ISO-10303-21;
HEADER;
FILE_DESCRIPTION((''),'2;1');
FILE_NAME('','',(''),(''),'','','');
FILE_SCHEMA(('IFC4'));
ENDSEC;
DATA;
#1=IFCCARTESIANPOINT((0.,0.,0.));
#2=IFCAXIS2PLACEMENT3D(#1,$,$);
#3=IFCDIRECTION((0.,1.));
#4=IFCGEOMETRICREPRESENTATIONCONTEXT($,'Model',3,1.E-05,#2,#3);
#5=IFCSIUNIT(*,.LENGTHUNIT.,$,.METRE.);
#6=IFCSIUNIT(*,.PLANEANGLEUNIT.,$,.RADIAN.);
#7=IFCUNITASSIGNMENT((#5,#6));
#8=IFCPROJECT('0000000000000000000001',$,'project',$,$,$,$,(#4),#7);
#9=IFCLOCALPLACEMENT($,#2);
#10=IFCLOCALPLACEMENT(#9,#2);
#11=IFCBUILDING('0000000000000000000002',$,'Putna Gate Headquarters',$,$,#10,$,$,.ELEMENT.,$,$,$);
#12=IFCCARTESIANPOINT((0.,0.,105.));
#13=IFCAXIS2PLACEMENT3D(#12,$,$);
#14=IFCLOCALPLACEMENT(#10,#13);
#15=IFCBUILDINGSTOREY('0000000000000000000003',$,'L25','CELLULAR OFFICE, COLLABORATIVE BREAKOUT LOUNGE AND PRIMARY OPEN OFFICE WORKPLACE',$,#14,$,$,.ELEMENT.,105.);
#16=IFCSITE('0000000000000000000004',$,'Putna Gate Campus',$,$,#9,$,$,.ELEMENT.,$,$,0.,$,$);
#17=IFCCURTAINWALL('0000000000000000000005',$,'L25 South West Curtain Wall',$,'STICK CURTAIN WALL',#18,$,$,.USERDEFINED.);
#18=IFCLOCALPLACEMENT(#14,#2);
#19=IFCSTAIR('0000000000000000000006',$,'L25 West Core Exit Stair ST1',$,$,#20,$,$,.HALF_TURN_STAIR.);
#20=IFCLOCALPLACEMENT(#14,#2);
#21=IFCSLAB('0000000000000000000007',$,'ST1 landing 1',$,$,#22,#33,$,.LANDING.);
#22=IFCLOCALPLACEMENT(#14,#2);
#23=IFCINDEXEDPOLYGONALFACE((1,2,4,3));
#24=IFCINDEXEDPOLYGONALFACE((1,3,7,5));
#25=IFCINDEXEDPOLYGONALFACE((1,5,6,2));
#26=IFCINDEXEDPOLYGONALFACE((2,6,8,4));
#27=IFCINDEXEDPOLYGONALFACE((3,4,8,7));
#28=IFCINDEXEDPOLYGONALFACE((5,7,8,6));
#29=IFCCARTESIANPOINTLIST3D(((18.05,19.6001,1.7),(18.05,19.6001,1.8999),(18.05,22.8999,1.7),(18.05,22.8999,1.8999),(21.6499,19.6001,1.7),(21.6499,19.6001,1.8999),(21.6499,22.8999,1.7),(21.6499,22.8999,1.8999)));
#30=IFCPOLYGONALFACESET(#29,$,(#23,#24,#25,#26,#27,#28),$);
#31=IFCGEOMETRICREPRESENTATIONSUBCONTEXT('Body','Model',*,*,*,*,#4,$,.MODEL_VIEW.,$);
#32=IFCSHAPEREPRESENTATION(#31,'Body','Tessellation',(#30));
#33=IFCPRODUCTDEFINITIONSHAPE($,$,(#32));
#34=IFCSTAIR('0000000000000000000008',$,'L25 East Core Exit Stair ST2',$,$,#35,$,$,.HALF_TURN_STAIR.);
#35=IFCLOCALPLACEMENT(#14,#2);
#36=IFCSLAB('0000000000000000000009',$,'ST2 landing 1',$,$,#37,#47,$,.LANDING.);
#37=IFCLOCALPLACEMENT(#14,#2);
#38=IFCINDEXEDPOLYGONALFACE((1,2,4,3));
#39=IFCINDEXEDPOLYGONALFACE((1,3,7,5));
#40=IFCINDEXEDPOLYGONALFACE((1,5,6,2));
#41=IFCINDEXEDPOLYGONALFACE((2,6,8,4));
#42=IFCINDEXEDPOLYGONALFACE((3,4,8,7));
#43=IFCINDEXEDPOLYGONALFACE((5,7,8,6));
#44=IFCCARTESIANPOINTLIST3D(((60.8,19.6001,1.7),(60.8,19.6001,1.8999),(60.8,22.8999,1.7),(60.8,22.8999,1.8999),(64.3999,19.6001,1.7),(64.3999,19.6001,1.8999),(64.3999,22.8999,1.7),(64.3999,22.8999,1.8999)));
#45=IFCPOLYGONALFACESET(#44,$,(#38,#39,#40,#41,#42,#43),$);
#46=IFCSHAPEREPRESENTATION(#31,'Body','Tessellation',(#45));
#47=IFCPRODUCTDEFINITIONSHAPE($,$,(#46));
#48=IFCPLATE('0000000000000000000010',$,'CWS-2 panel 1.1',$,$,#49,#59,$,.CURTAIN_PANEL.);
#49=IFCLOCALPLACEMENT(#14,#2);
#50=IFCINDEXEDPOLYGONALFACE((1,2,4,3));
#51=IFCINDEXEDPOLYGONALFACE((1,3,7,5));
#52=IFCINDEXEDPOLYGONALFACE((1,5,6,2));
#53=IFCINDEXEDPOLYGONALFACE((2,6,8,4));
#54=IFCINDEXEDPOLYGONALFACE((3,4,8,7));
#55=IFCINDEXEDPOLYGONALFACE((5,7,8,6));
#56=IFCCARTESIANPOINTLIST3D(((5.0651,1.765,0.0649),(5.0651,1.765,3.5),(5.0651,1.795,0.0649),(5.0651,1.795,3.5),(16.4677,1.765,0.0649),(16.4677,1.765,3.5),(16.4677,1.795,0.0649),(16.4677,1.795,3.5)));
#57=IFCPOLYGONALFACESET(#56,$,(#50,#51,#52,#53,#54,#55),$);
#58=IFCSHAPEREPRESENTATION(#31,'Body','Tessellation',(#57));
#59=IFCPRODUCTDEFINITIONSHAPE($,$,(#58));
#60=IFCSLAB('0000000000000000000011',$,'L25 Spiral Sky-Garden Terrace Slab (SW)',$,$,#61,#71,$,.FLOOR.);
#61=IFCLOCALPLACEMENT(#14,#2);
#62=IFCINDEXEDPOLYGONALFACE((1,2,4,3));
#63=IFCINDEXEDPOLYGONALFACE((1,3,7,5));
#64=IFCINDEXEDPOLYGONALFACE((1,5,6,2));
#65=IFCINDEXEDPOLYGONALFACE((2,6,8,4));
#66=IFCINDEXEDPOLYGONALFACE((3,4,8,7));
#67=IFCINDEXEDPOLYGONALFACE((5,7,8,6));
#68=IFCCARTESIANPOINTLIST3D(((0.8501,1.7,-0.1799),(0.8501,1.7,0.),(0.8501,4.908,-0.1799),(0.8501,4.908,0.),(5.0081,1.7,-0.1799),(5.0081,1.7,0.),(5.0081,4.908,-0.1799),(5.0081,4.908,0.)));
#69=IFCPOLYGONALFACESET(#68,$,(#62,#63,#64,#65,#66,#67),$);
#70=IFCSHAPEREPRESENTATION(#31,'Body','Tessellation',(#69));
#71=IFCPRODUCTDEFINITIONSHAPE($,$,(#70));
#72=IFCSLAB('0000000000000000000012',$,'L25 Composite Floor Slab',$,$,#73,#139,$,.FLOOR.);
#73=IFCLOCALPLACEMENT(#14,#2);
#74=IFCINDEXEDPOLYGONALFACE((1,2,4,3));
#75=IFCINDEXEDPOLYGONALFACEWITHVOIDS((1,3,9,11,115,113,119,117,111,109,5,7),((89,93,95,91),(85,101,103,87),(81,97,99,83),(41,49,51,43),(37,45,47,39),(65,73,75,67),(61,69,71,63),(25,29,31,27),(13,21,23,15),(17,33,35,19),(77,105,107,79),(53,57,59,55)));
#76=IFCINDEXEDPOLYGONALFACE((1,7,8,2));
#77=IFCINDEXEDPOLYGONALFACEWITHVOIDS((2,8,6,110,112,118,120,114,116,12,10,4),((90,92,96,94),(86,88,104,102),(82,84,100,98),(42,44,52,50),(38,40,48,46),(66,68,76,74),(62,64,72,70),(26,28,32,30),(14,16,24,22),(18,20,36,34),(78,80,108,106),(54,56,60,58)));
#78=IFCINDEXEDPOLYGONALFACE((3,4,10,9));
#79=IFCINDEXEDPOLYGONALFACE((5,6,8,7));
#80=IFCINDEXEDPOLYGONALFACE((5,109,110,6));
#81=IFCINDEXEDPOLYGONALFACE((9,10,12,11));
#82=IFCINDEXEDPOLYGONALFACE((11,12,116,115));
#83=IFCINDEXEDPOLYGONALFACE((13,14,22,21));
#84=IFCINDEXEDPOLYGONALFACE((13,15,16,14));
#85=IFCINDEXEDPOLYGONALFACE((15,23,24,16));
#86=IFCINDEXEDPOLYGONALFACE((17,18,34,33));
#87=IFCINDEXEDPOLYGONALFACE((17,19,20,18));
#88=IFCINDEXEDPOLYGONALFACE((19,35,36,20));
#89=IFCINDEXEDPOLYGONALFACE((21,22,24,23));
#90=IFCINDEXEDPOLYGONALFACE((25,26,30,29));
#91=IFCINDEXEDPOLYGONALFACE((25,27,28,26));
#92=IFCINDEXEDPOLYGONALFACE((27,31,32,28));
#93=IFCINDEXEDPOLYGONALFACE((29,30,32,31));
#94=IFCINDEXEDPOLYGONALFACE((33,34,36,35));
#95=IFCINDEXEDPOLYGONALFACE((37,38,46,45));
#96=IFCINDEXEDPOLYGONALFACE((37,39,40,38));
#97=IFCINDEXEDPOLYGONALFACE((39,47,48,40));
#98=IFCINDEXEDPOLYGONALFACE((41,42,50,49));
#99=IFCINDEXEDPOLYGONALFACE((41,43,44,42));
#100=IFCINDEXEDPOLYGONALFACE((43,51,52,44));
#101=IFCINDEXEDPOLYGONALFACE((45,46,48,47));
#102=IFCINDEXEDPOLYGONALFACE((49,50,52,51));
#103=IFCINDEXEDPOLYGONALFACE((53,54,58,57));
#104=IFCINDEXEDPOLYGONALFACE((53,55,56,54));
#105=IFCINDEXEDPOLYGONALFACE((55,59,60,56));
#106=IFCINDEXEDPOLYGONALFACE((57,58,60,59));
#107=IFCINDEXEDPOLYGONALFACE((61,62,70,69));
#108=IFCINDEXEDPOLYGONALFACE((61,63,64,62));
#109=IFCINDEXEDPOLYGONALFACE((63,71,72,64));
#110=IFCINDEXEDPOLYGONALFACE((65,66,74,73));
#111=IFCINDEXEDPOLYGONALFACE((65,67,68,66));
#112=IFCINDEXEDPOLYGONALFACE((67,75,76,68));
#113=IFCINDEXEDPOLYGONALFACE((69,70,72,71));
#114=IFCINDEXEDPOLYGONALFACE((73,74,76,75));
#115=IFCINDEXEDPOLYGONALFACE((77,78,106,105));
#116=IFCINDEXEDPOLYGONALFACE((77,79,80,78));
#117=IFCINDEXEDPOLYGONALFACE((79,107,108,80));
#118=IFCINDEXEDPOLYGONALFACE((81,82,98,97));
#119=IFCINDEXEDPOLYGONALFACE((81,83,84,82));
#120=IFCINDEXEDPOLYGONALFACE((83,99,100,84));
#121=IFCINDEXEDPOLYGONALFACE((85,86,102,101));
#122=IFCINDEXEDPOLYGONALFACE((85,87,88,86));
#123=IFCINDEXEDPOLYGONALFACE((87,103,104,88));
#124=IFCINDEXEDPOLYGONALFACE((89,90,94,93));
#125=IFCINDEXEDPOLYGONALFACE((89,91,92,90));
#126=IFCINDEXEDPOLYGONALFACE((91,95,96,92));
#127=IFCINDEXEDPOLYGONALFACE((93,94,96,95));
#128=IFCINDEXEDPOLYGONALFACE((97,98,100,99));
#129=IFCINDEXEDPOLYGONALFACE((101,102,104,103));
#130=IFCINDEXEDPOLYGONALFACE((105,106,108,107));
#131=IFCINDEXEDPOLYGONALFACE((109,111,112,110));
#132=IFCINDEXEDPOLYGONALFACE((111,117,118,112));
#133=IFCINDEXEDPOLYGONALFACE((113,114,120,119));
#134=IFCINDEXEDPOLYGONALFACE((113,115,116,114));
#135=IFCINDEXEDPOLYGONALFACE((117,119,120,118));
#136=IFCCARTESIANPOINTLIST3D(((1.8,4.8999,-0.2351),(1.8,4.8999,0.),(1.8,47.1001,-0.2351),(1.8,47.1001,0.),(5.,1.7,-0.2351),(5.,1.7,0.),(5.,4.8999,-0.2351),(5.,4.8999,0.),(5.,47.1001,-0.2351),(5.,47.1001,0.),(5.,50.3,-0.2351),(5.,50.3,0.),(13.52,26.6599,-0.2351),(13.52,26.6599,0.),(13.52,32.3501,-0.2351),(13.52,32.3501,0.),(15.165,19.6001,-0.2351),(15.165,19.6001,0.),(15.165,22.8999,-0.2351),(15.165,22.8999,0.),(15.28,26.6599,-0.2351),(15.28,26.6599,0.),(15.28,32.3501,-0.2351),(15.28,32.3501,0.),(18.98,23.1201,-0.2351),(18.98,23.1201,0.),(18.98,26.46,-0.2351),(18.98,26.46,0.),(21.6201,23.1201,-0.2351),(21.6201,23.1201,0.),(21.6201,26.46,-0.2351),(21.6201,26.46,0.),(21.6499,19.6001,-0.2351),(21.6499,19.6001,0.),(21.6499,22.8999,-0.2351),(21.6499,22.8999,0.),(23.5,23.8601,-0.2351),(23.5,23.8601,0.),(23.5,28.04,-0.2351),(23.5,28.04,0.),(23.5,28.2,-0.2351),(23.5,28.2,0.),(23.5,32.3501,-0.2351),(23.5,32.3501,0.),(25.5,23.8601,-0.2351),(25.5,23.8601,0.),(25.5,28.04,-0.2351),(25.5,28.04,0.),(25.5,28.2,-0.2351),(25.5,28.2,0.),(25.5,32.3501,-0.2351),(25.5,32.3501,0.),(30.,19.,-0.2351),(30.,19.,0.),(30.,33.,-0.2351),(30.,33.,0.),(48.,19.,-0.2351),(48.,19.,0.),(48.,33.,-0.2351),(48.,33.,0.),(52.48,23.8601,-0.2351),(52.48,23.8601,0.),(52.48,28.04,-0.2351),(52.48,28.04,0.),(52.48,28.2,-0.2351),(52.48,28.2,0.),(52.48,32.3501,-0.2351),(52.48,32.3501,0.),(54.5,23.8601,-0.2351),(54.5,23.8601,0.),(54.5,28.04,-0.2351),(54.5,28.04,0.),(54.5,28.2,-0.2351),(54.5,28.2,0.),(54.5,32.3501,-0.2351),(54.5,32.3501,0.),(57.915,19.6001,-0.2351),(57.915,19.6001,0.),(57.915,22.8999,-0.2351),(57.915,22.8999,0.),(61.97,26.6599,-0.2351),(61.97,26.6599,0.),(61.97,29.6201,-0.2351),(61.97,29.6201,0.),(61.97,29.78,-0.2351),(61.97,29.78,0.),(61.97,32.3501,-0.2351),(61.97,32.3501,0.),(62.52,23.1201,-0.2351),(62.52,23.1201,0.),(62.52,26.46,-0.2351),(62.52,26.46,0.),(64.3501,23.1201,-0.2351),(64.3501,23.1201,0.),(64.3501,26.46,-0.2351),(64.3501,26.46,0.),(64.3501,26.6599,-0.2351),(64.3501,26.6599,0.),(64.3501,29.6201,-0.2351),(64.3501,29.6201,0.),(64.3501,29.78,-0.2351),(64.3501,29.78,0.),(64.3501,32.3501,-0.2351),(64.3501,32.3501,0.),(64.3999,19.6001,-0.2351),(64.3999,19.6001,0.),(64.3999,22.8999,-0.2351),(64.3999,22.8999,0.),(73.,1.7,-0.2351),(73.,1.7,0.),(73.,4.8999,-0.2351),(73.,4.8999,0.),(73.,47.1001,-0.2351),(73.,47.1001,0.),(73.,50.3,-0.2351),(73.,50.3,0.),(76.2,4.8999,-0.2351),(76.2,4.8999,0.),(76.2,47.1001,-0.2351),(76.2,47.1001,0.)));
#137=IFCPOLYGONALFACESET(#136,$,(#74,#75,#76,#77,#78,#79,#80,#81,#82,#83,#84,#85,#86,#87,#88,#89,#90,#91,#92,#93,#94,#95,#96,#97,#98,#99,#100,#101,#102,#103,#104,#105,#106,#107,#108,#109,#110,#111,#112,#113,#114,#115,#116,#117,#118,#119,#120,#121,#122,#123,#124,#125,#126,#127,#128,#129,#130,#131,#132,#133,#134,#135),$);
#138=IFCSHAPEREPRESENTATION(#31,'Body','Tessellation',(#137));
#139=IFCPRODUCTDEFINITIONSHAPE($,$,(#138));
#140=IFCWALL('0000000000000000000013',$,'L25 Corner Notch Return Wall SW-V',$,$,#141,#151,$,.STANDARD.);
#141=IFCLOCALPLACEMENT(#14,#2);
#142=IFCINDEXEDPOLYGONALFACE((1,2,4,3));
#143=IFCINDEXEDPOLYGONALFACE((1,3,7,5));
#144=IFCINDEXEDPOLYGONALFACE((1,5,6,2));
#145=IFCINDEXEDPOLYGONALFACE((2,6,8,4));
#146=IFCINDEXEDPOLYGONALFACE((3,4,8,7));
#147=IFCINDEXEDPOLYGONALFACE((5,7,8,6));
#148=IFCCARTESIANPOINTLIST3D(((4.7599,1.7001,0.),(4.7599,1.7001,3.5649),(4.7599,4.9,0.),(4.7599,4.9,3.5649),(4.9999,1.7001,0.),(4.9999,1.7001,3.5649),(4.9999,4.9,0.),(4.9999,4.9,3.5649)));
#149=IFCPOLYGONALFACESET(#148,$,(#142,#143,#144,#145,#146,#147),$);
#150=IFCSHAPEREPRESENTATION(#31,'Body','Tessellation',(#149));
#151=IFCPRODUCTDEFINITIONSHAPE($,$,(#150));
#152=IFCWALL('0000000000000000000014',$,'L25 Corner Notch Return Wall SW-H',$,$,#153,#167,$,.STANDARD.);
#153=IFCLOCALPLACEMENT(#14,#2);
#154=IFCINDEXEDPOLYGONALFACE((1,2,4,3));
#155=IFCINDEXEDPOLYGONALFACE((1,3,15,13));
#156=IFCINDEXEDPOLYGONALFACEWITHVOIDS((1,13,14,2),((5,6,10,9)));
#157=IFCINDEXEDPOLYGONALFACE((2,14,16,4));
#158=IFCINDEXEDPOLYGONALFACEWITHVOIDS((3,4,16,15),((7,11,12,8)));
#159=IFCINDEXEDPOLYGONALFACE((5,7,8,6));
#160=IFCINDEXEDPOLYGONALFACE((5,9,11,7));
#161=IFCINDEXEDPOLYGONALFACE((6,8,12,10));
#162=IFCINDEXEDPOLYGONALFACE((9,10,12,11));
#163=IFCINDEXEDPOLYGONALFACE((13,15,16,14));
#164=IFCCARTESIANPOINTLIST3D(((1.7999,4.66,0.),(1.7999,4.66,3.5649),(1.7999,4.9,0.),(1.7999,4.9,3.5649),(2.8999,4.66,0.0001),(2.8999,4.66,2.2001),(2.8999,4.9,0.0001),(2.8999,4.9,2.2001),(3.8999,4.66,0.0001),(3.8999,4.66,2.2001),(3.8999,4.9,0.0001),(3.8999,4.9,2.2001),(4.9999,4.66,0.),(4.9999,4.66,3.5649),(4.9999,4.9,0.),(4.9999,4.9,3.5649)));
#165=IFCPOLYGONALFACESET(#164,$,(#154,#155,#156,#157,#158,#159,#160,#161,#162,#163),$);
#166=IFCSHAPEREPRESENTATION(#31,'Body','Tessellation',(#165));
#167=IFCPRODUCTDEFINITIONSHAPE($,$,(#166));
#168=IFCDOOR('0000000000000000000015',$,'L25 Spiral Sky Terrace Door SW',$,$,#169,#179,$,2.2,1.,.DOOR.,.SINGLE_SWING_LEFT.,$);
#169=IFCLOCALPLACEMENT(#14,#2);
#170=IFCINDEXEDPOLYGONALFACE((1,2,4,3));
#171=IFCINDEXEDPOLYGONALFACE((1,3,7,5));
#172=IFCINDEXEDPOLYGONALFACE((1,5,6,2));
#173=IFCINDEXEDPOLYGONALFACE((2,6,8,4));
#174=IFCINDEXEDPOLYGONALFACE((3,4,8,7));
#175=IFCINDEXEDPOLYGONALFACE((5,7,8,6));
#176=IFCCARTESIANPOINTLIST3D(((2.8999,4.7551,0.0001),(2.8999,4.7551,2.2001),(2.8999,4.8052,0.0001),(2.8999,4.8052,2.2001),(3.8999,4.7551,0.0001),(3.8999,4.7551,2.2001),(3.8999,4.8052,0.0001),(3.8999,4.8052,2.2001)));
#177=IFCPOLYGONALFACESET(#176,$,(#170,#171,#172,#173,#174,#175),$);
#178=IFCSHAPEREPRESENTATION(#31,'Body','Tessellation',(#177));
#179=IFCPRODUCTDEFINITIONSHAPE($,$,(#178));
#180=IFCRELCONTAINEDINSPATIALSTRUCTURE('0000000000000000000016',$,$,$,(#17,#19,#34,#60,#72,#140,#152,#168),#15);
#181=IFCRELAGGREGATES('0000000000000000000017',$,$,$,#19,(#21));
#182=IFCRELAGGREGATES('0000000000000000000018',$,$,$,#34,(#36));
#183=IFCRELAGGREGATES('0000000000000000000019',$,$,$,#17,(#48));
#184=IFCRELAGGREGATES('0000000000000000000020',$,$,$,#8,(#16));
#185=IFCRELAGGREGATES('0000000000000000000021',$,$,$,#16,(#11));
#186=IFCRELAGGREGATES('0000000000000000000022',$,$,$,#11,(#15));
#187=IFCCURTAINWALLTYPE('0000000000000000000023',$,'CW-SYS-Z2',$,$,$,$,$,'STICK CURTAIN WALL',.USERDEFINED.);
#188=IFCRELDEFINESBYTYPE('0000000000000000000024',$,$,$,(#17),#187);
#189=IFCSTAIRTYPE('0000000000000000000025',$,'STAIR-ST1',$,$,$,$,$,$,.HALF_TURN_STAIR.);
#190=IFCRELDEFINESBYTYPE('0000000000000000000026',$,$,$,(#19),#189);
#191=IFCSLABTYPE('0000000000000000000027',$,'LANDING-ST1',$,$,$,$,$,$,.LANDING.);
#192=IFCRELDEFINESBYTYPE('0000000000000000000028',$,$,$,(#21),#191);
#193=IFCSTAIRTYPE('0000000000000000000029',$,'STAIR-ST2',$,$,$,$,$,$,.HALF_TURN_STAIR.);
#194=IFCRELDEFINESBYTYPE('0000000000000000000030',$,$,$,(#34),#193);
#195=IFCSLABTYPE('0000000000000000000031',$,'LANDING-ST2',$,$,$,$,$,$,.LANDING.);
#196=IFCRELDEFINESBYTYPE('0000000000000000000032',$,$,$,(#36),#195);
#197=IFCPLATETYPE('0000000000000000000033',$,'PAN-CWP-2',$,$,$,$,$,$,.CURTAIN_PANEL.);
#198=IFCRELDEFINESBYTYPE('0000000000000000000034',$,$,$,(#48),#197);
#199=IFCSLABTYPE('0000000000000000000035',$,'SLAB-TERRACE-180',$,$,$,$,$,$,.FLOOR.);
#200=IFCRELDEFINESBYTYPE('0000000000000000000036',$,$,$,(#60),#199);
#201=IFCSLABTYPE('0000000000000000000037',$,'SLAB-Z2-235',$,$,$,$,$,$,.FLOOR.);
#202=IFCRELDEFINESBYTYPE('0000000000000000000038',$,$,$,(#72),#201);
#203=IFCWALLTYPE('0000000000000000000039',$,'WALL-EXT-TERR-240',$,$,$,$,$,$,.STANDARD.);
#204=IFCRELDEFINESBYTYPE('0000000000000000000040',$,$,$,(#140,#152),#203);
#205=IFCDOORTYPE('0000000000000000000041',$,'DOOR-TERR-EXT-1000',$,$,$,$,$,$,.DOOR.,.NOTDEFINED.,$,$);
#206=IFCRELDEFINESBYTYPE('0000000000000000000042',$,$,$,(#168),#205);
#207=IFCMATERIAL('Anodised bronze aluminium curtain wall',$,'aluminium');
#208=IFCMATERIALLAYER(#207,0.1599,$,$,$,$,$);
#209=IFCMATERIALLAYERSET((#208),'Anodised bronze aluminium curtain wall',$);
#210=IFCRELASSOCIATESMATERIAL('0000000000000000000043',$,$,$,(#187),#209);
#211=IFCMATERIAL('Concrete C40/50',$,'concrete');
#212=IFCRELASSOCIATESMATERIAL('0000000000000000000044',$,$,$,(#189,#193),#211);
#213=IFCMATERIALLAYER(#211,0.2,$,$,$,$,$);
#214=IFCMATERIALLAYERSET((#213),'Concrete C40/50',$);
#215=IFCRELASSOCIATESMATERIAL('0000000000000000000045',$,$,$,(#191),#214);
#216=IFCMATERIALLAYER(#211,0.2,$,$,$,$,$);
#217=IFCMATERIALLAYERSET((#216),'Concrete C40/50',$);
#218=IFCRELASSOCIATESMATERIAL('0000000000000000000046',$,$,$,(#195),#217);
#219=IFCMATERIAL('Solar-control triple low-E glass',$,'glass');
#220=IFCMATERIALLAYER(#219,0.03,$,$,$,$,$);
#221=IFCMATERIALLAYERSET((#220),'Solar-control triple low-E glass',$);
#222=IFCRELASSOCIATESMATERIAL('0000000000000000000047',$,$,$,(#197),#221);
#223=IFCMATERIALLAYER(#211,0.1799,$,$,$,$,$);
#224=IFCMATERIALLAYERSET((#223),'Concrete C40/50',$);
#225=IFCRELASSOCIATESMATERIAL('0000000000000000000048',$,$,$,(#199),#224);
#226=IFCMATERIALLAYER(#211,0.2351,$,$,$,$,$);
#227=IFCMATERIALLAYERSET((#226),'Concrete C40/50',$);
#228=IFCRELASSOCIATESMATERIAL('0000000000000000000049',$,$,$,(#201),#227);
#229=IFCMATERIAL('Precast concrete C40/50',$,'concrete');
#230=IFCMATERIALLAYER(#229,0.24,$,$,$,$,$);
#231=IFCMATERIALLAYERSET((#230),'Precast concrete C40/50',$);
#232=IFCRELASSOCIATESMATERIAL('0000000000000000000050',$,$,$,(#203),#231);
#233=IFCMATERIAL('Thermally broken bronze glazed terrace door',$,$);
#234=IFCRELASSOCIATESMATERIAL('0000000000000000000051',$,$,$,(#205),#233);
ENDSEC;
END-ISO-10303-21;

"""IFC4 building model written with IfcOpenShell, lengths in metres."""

from ifc_helpers import new_model, si_unit, direction, frame, frame_2d, origin, origin_2d, place, context, subcontext, project, spatial, polyline, rectangle, outline, extrude, material, layer, layer_set, type_object, element, fill, aggregate, save


model = new_model("IFC4")

# Units and contexts
model_context = context("Model", 3, precision=1e-05, world=origin(), true_north=direction((0.0, 1.0)))
body_context = subcontext(model_context, "Body", "Model", "MODEL_VIEW")
ifc_project = project(units=[si_unit("LENGTHUNIT", "METRE"), si_unit("PLANEANGLEUNIT", "RADIAN")], contexts=[model_context])

# Site, building, storey
site_placement = place(None, origin())
site = spatial("IfcSite", under=ifc_project, at=site_placement, Name="Putna Gate Campus", CompositionType="ELEMENT", RefElevation=0.0)
building_placement = place(site_placement, origin())
building = spatial("IfcBuilding", under=site, at=building_placement, Name="Putna Gate Headquarters", CompositionType="ELEMENT")
storey_placement = place(building_placement, frame((0.0, 0.0, 105.0)))
storey = spatial("IfcBuildingStorey", under=building, at=storey_placement, Name="L25", Description="CELLULAR OFFICE, COLLABORATIVE BREAKOUT LOUNGE AND PRIMARY OPEN OFFICE WORKPLACE", CompositionType="ELEMENT", Elevation=105.0)

# Curtain wall
ifc_material_1 = material(Name="Anodised bronze aluminium curtain wall", Category="aluminium")
ifc_layer_1 = layer(ifc_material_1, 0.1599)
ifc_layer_set_1 = layer_set([ifc_layer_1], Name="Anodised bronze aluminium curtain wall")
curtain_wall_type = type_object("IfcCurtainWallType", Name="CW-SYS-Z2", ElementType="STICK CURTAIN WALL", PredefinedType="USERDEFINED", material=ifc_layer_set_1)
curtain_wall_1_placement = place(storey_placement, origin())
curtain_wall_1 = element("IfcCurtainWall", 1, at=curtain_wall_1_placement, inside=storey, type_object=curtain_wall_type, Name="L25 South West Curtain Wall", ObjectType="STICK CURTAIN WALL", PredefinedType="USERDEFINED")

# Stairs, slabs
ifc_material_2 = material(Name="Concrete C40/50", Category="concrete")
stair_type_1 = type_object("IfcStairType", Name="STAIR-ST1", PredefinedType="HALF_TURN_STAIR", material=ifc_material_2)
stair_1_placement = place(storey_placement, origin())
stair_1 = element("IfcStair", 2, at=stair_1_placement, inside=storey, type_object=stair_type_1, Name="L25 West Core Exit Stair ST1", PredefinedType="HALF_TURN_STAIR")
ifc_layer_2 = layer(ifc_material_2, 0.2)
ifc_layer_set_2 = layer_set([ifc_layer_2], Name="Concrete C40/50")
slab_type_1 = type_object("IfcSlabType", Name="LANDING-ST1", PredefinedType="LANDING", material=ifc_layer_set_2)
slab_1_placement = place(storey_placement, frame((0.0, 0.0, 1.7)))
slab_1 = element("IfcSlab", 3, at=slab_1_placement, type_object=slab_type_1, Name="ST1 landing 1", PredefinedType="LANDING", context=body_context, shape_type="SweptSolid", body=[
    extrude(outline(polyline([(18.05, 19.6001), (21.6499, 19.6001), (21.6499, 22.8999), (18.05, 22.8999), (18.05, 19.6001)])), origin(), (0.0, 0.0, 1.0), 0.2),
])
aggregate(stair_1, [slab_1])
stair_type_2 = type_object("IfcStairType", Name="STAIR-ST2", PredefinedType="HALF_TURN_STAIR", material=ifc_material_2)
stair_2_placement = place(storey_placement, origin())
stair_2 = element("IfcStair", 4, at=stair_2_placement, inside=storey, type_object=stair_type_2, Name="L25 East Core Exit Stair ST2", PredefinedType="HALF_TURN_STAIR")
ifc_layer_3 = layer(ifc_material_2, 0.2)
ifc_layer_set_3 = layer_set([ifc_layer_3], Name="Concrete C40/50")
slab_type_2 = type_object("IfcSlabType", Name="LANDING-ST2", PredefinedType="LANDING", material=ifc_layer_set_3)
slab_2_placement = place(storey_placement, frame((0.0, 0.0, 1.7)))
slab_2 = element("IfcSlab", 5, at=slab_2_placement, type_object=slab_type_2, Name="ST2 landing 1", PredefinedType="LANDING", context=body_context, shape_type="SweptSolid", body=[
    extrude(outline(polyline([(60.8, 19.6001), (64.3999, 19.6001), (64.3999, 22.8999), (60.8, 22.8999), (60.8, 19.6001)])), origin(), (0.0, 0.0, 1.0), 0.2),
])
aggregate(stair_2, [slab_2])

# Plate
ifc_material_3 = material(Name="Solar-control triple low-E glass", Category="glass")
ifc_layer_4 = layer(ifc_material_3, 0.03)
ifc_layer_set_4 = layer_set([ifc_layer_4], Name="Solar-control triple low-E glass")
plate_type = type_object("IfcPlateType", Name="PAN-CWP-2", PredefinedType="CURTAIN_PANEL", material=ifc_layer_set_4)
plate_placement = place(storey_placement, frame((10.7664, 1.78, 0.0649), z_axis=(0.0, 0.0, 1.0), x_axis=(1.0, 0.0, 0.0)))
plate = element("IfcPlate", 6, at=plate_placement, type_object=plate_type, Name="CWS-2 panel 1.1", PredefinedType="CURTAIN_PANEL", context=body_context, shape_type="SweptSolid", body=[
    extrude(rectangle(XDim=11.4026, YDim=0.03, at=origin_2d()), origin(), (0.0, 0.0, 1.0), 3.4351),
])
aggregate(curtain_wall_1, [plate])

# Slabs
ifc_layer_5 = layer(ifc_material_2, 0.1799)
ifc_layer_set_5 = layer_set([ifc_layer_5], Name="Concrete C40/50")
slab_type_3 = type_object("IfcSlabType", Name="SLAB-TERRACE-180", PredefinedType="FLOOR", material=ifc_layer_set_5)
slab_3_placement = place(storey_placement, frame((0.0, 0.0, -0.1799)))
element("IfcSlab", 7, at=slab_3_placement, inside=storey, type_object=slab_type_3, Name="L25 Spiral Sky-Garden Terrace Slab (SW)", PredefinedType="FLOOR", context=body_context, shape_type="SweptSolid", body=[
    extrude(outline(polyline([(0.8501, 1.7), (5.0081, 1.7), (5.0081, 4.908), (0.8501, 4.908), (0.8501, 1.7)])), origin(), (0.0, 0.0, 1.0), 0.1799),
])
ifc_layer_6 = layer(ifc_material_2, 0.2351)
ifc_layer_set_6 = layer_set([ifc_layer_6], Name="Concrete C40/50")
slab_type_4 = type_object("IfcSlabType", Name="SLAB-Z2-235", PredefinedType="FLOOR", material=ifc_layer_set_6)
slab_4_placement = place(storey_placement, frame((0.0, 0.0, -0.2351)))
element("IfcSlab", 8, at=slab_4_placement, inside=storey, type_object=slab_type_4, Name="L25 Composite Floor Slab", PredefinedType="FLOOR", context=body_context, shape_type="SweptSolid", body=[
    extrude(outline(polyline([(5.0, 1.7), (73.0, 1.7), (73.0, 4.8999), (76.2, 4.8999), (76.2, 47.1001), (73.0, 47.1001), (73.0, 50.3), (5.0, 50.3), (5.0, 47.1001), (1.8, 47.1001), (1.8, 4.8999), (5.0, 4.8999), (5.0, 1.7)]), holes=[polyline([(15.165, 19.6001), (21.6499, 19.6001), (21.6499, 22.8999), (15.165, 22.8999), (15.165, 19.6001)]), polyline([(57.915, 19.6001), (64.3999, 19.6001), (64.3999, 22.8999), (57.915, 22.8999), (57.915, 19.6001)]), polyline([(13.52, 26.6599), (15.28, 26.6599), (15.28, 32.3501), (13.52, 32.3501), (13.52, 26.6599)]), polyline([(61.97, 29.78), (64.3501, 29.78), (64.3501, 32.3501), (61.97, 32.3501), (61.97, 29.78)]), polyline([(18.98, 23.1201), (21.6201, 23.1201), (21.6201, 26.46), (18.98, 26.46), (18.98, 23.1201)]), polyline([(62.52, 23.1201), (64.3501, 23.1201), (64.3501, 26.46), (62.52, 26.46), (62.52, 23.1201)]), polyline([(61.97, 26.6599), (64.3501, 26.6599), (64.3501, 29.6201), (61.97, 29.6201), (61.97, 26.6599)]), polyline([(23.5, 23.8601), (25.5, 23.8601), (25.5, 28.04), (23.5, 28.04), (23.5, 23.8601)]), polyline([(52.48, 23.8601), (54.5, 23.8601), (54.5, 28.04), (52.48, 28.04), (52.48, 23.8601)]), polyline([(23.5, 28.2), (25.5, 28.2), (25.5, 32.3501), (23.5, 32.3501), (23.5, 28.2)]), polyline([(52.48, 28.2), (54.5, 28.2), (54.5, 32.3501), (52.48, 32.3501), (52.48, 28.2)]), polyline([(30.0, 19.0), (48.0, 19.0), (48.0, 33.0), (30.0, 33.0), (30.0, 19.0)])]), origin(), (0.0, 0.0, 1.0), 0.2351),
])

# Wall
ifc_material_4 = material(Name="Precast concrete C40/50", Category="concrete")
ifc_layer_7 = layer(ifc_material_4, 0.24)
ifc_layer_set_7 = layer_set([ifc_layer_7], Name="Precast concrete C40/50")
wall_type = type_object("IfcWallType", Name="WALL-EXT-TERR-240", PredefinedType="STANDARD", material=ifc_layer_set_7)
wall_1_placement = place(storey_placement, frame((4.8799, 1.7, 0.0), z_axis=(0.0, 0.0, 1.0), x_axis=(0.0, 1.0, 0.0)))
element("IfcWall", 9, at=wall_1_placement, inside=storey, type_object=wall_type, Name="L25 Corner Notch Return Wall SW-V", PredefinedType="STANDARD", context=body_context, shape_type="SweptSolid", body=[
    extrude(rectangle(XDim=3.2, YDim=0.24, at=frame_2d((1.6001, 0.0))), origin(), (0.0, 0.0, 1.0), 3.5649),
])

# Wall, opening, door
wall_2_placement = place(storey_placement, frame((5.0, 4.78, 0.0), z_axis=(0.0, 0.0, 1.0), x_axis=(-1.0, 0.0, 0.0)))
wall_2 = element("IfcWall", 10, at=wall_2_placement, inside=storey, type_object=wall_type, Name="L25 Corner Notch Return Wall SW-H", PredefinedType="STANDARD", context=body_context, shape_type="SweptSolid", body=[
    extrude(rectangle(XDim=3.2, YDim=0.24, at=frame_2d((1.6001, 0.0))), origin(), (0.0, 0.0, 1.0), 3.5649),
])
opening_placement = place(wall_2_placement, frame((1.1001, 0.0, 0.0)))
opening = element("IfcOpeningElement", 11, at=opening_placement, cuts=wall_2, PredefinedType="OPENING", context=body_context, shape_type="SweptSolid", body=[
    extrude(rectangle(XDim=1.0, YDim=2.2, at=frame_2d((0.5, 1.1001))), frame((0.0, 0.1299, 0.0), z_axis=(0.0, -1.0, 0.0), x_axis=(1.0, 0.0, 0.0)), (0.0, 0.0, 1.0), 0.26),
])
ifc_material_5 = material(Name="Thermally broken bronze glazed terrace door")
door_type = type_object("IfcDoorType", Name="DOOR-TERR-EXT-1000", OperationType="NOTDEFINED", PredefinedType="DOOR", material=ifc_material_5)
door_placement = place(opening_placement, origin())
door = element("IfcDoor", 12, at=door_placement, inside=storey, type_object=door_type, Name="L25 Spiral Sky Terrace Door SW", OperationType="SINGLE_SWING_LEFT", OverallHeight=2.2, OverallWidth=1.0, PredefinedType="DOOR", context=body_context, shape_type="SweptSolid", body=[
    extrude(rectangle(XDim=1.0, YDim=2.2, at=frame_2d((0.5, 1.1001))), frame((0.0, 0.0249, 0.0), z_axis=(0.0, -1.0, 0.0), x_axis=(1.0, 0.0, 0.0)), (0.0, 0.0, 1.0), 0.05),
])
fill(opening, door)

save(model, "model.ifc")
